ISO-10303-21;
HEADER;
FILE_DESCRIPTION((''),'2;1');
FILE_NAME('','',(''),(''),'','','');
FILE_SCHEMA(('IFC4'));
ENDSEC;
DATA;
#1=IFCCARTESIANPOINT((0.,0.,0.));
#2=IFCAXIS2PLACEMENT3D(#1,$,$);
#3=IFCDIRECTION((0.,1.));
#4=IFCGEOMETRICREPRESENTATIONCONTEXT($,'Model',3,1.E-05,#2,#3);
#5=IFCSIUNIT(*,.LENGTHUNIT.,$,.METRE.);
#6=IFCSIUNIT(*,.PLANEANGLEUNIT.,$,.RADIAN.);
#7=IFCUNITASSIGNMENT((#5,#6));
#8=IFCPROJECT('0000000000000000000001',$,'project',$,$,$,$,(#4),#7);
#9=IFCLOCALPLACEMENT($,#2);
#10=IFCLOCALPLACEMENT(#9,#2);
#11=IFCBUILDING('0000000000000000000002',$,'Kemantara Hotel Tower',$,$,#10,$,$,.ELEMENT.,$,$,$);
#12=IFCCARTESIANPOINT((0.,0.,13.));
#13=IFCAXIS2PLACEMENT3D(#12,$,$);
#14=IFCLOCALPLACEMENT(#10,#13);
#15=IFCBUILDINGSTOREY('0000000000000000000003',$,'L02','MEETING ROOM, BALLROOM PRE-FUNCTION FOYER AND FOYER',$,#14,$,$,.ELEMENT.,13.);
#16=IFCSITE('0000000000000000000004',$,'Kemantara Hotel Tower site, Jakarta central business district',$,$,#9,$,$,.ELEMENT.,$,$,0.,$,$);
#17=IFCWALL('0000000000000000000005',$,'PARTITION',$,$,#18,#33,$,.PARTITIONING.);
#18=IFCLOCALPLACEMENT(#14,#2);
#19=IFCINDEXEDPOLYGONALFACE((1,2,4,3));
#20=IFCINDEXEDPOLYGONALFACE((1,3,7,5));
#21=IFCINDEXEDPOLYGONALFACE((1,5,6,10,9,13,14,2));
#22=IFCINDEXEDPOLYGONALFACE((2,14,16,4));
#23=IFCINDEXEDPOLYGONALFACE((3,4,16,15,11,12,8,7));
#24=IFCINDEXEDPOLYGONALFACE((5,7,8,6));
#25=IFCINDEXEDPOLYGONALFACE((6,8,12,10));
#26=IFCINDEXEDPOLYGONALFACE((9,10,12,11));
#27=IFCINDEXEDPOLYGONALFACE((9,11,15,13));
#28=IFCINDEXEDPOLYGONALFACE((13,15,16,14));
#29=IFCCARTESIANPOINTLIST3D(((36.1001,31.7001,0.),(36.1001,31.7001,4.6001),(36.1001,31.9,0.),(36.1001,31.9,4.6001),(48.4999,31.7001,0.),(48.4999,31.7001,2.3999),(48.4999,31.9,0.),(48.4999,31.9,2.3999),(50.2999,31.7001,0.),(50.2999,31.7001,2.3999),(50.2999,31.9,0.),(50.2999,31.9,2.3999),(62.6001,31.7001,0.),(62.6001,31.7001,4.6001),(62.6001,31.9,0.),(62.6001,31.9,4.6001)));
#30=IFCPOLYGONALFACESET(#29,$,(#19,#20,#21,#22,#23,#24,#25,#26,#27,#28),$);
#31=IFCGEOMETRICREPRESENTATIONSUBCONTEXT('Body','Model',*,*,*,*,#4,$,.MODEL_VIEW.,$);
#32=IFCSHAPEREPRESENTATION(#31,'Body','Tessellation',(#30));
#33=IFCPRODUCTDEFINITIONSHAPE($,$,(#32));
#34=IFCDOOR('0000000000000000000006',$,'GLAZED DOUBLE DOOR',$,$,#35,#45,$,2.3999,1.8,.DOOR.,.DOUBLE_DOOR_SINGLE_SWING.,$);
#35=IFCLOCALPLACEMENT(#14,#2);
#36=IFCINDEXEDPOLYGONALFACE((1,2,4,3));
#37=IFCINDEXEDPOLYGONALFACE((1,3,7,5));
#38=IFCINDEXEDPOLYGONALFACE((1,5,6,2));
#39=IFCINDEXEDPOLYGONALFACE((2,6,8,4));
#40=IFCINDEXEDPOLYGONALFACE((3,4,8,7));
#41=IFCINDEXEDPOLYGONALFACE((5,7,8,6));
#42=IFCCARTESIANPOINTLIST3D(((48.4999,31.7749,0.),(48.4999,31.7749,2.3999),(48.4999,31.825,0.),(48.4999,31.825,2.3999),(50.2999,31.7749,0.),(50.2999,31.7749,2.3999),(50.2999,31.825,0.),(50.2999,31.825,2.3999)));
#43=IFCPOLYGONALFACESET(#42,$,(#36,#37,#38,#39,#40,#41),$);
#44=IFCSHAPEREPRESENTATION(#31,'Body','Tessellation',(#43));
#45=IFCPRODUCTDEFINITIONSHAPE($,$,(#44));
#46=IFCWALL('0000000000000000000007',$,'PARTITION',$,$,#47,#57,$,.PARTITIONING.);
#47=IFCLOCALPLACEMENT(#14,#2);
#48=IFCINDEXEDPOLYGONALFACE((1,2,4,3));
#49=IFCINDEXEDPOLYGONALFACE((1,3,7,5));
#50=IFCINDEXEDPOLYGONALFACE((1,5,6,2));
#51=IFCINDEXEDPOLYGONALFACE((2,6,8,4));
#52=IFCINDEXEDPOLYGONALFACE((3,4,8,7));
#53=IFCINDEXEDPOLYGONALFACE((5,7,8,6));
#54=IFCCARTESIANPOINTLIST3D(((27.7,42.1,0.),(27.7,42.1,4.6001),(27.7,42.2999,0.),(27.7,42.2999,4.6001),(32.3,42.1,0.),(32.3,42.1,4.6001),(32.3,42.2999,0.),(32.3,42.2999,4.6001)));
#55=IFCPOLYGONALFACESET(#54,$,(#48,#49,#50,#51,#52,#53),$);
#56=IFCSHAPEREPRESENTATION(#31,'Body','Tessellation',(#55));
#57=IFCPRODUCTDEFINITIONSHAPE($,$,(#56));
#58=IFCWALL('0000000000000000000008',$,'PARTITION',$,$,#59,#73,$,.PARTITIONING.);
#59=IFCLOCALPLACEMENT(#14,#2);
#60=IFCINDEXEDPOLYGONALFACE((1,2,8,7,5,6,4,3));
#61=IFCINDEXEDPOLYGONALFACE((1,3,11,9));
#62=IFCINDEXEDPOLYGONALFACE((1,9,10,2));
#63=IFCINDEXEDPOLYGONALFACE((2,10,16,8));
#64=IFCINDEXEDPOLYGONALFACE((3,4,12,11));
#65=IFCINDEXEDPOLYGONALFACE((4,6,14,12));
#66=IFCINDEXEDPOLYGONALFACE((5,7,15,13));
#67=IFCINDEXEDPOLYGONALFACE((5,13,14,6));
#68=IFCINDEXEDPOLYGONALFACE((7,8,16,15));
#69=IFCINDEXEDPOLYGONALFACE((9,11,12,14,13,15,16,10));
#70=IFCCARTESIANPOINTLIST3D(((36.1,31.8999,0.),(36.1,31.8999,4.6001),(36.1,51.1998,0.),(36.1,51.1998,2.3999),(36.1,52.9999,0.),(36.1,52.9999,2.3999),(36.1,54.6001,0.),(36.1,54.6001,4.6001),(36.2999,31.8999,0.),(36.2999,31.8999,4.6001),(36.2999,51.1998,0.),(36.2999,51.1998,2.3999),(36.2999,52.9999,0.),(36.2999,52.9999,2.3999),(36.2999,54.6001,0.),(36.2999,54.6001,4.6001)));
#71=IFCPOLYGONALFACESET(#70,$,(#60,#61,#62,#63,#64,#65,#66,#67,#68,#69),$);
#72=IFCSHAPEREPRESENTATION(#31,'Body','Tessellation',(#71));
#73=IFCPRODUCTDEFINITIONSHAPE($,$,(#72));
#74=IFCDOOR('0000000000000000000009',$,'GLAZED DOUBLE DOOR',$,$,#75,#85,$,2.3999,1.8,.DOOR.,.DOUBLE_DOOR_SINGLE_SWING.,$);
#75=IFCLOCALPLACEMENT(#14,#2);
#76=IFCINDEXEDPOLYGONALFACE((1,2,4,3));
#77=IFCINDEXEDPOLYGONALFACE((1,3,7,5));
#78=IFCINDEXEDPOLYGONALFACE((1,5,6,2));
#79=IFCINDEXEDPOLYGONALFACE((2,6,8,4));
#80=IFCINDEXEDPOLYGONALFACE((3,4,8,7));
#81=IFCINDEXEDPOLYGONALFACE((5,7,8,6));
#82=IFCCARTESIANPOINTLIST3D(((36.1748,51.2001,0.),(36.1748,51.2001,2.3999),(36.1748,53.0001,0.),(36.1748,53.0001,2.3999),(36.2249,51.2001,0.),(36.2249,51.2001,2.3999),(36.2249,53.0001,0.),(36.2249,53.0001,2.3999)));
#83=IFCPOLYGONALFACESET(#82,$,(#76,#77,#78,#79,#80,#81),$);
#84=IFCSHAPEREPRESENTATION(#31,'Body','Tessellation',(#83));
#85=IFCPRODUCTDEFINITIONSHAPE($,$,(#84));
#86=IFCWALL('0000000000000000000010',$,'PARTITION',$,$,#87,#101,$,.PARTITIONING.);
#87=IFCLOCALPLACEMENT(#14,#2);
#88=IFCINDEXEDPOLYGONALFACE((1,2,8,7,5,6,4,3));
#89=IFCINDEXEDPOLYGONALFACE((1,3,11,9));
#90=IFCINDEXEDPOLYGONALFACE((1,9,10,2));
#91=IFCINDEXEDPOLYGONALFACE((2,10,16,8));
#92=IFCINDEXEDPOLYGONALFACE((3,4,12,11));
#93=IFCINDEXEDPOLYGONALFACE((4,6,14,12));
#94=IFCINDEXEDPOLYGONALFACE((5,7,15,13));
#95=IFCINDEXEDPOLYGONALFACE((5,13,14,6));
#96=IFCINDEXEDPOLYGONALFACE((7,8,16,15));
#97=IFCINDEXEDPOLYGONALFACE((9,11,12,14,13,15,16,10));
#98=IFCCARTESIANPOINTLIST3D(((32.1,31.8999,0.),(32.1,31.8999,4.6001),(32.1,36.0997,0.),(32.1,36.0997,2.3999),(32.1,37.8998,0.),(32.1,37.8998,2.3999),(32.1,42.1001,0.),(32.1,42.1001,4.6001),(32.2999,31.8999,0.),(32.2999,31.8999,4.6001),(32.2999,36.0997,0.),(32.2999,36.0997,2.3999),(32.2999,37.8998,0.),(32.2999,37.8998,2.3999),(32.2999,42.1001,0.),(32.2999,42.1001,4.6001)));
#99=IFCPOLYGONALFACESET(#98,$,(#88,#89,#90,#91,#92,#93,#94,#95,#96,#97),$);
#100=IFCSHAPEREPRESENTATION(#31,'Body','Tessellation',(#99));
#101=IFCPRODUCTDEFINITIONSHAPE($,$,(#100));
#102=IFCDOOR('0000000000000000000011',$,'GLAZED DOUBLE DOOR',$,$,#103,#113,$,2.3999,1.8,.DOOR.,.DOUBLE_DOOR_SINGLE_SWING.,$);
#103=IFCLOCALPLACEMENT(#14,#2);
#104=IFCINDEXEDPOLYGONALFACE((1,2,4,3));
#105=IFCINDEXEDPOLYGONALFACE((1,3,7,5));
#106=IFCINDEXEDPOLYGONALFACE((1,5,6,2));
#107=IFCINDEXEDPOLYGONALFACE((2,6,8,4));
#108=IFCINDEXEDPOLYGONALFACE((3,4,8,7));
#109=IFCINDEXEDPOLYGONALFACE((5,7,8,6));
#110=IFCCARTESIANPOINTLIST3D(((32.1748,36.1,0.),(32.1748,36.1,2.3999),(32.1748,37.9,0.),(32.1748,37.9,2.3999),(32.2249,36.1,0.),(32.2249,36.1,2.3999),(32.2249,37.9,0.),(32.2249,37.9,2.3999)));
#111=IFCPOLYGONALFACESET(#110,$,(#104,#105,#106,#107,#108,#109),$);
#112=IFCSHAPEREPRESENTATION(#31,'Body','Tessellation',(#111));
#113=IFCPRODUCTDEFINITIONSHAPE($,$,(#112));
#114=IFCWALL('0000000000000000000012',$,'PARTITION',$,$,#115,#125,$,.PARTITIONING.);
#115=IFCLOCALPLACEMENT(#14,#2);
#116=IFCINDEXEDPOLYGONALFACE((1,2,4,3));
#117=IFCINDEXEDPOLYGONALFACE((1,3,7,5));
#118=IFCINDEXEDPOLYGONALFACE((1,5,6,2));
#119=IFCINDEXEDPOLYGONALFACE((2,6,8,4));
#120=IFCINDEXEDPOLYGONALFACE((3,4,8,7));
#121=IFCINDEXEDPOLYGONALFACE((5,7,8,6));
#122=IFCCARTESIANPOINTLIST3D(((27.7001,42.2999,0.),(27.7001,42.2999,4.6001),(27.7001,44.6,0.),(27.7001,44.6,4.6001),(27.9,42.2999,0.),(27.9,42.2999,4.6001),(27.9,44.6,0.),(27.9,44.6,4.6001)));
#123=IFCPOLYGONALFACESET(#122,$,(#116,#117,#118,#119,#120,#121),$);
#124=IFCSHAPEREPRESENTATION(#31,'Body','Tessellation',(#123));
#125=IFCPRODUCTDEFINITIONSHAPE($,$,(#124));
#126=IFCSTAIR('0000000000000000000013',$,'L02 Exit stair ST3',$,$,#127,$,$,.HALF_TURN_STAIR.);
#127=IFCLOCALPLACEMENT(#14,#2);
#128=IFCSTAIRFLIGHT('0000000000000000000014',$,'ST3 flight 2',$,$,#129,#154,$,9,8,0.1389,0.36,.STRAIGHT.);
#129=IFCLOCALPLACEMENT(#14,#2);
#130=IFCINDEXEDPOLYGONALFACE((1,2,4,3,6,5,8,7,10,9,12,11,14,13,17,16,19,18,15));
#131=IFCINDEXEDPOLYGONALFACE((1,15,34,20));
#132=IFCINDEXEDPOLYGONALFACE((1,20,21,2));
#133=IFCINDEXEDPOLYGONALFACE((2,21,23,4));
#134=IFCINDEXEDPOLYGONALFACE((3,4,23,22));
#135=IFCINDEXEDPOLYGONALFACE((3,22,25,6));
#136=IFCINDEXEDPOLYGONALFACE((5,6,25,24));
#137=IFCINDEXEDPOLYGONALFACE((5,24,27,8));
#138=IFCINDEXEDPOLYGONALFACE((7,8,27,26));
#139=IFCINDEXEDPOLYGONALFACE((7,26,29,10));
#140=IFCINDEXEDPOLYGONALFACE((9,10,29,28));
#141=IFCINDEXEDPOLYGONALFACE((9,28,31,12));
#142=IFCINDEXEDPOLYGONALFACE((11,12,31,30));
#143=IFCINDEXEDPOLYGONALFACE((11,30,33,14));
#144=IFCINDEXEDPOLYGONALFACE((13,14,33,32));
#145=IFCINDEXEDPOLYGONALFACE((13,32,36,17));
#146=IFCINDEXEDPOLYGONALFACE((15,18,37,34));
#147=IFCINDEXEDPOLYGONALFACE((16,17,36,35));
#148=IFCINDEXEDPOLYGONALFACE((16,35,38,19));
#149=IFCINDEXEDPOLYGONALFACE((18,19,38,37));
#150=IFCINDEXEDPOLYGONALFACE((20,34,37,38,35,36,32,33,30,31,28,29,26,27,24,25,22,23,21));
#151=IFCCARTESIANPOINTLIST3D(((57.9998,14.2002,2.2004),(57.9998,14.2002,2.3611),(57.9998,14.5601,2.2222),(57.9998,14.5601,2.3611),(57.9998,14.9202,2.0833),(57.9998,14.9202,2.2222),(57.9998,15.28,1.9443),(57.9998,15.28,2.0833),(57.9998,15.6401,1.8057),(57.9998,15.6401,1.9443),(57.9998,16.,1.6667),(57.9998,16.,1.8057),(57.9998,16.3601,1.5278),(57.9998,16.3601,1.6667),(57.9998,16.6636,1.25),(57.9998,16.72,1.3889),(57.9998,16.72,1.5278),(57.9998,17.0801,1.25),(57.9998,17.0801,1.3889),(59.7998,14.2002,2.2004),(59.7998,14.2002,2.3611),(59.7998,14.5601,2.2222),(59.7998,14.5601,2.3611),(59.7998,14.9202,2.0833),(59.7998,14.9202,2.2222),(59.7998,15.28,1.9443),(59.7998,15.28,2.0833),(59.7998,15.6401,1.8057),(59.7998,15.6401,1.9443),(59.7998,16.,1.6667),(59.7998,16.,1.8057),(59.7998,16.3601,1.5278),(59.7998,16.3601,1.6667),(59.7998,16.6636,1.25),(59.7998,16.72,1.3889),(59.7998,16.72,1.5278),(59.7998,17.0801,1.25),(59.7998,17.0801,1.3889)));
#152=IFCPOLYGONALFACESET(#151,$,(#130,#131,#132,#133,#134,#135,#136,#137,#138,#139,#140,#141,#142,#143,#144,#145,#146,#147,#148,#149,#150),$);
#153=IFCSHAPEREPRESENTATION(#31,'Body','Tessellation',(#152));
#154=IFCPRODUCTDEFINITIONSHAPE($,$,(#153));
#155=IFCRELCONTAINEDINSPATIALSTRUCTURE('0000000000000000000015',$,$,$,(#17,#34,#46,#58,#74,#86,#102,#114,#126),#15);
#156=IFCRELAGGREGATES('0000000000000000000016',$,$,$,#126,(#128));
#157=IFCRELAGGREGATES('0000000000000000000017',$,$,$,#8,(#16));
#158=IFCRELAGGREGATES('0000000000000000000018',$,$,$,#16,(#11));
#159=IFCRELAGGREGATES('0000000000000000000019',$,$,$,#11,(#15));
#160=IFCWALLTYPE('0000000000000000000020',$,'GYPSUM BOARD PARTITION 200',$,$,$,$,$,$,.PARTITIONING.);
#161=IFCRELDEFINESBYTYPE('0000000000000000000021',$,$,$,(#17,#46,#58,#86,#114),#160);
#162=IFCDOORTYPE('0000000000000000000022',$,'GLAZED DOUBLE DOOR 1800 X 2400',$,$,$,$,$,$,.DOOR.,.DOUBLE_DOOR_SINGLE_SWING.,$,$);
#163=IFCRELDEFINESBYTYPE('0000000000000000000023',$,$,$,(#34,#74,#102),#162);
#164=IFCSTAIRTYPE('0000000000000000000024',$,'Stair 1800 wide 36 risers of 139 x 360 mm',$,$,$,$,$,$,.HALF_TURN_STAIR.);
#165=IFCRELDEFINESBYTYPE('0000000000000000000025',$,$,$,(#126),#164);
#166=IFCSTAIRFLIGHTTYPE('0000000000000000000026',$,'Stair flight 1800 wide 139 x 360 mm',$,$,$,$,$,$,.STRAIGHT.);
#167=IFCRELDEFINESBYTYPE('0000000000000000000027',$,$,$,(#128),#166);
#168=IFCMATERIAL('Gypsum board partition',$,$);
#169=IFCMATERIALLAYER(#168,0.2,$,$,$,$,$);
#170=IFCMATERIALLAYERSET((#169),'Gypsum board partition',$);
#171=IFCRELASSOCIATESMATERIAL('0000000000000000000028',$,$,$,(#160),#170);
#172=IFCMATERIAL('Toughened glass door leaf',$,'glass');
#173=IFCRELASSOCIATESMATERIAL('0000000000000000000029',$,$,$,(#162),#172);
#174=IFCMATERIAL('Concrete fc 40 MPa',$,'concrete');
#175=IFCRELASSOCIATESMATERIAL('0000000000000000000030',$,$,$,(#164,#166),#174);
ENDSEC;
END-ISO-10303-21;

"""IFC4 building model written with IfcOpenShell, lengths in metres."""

from ifc_helpers import new_model, si_unit, direction, frame, frame_2d, origin, place, context, subcontext, project, spatial, polyline, rectangle, outline, extrude, material, layer, layer_set, type_object, element, fill, aggregate, save


model = new_model("IFC4")

# Units and contexts
model_context = context("Model", 3, precision=1e-05, world=origin(), true_north=direction((0.0, 1.0)))
body_context = subcontext(model_context, "Body", "Model", "MODEL_VIEW")
ifc_project = project(units=[si_unit("LENGTHUNIT", "METRE"), si_unit("PLANEANGLEUNIT", "RADIAN")], contexts=[model_context])

# Site, building, storey
site_placement = place(None, origin())
site = spatial("IfcSite", under=ifc_project, at=site_placement, Name="Kemantara Hotel Tower site, Jakarta central business district", CompositionType="ELEMENT", RefElevation=0.0)
building_placement = place(site_placement, origin())
building = spatial("IfcBuilding", under=site, at=building_placement, Name="Kemantara Hotel Tower", CompositionType="ELEMENT")
storey_placement = place(building_placement, frame((0.0, 0.0, 13.0)))
storey = spatial("IfcBuildingStorey", under=building, at=storey_placement, Name="L02", Description="MEETING ROOM, BALLROOM PRE-FUNCTION FOYER AND FOYER", CompositionType="ELEMENT", Elevation=13.0)

# Shared definitions
ifc_material_1 = material(Name="Concrete fc 40 MPa", Category="concrete")

# Wall, opening, door
ifc_material_2 = material(Name="Gypsum board partition")
ifc_layer_1 = layer(ifc_material_2, 0.2)
ifc_layer_set_1 = layer_set([ifc_layer_1], Name="Gypsum board partition")
wall_type_1 = type_object("IfcWallType", Name="GYPSUM BOARD PARTITION 200", PredefinedType="PARTITIONING", material=ifc_layer_set_1)
wall_1_placement = place(storey_placement, frame((36.1001, 31.8, 0.0), z_axis=(0.0, 0.0, 1.0), x_axis=(1.0, 0.0, 0.0)))
wall_1 = element("IfcWall", 1, at=wall_1_placement, inside=storey, type_object=wall_type_1, Name="PARTITION", PredefinedType="PARTITIONING", context=body_context, shape_type="SweptSolid", body=[
    extrude(rectangle(XDim=26.5, YDim=0.2, at=frame_2d((13.25, 0.0))), origin(), (0.0, 0.0, 1.0), 4.6001),
])
opening_1_placement = place(wall_1_placement, frame((12.3999, 0.0, 0.0)))
opening_1 = element("IfcOpeningElement", 2, at=opening_1_placement, cuts=wall_1, PredefinedType="OPENING", context=body_context, shape_type="SweptSolid", body=[
    extrude(rectangle(XDim=1.8, YDim=2.3999, at=frame_2d((0.8999, 1.2))), frame((0.0, 0.1099, 0.0), z_axis=(0.0, -1.0, 0.0), x_axis=(1.0, 0.0, 0.0)), (0.0, 0.0, 1.0), 0.22),
])
ifc_material_3 = material(Name="Toughened glass door leaf", Category="glass")
door_type = type_object("IfcDoorType", Name="GLAZED DOUBLE DOOR 1800 X 2400", OperationType="DOUBLE_DOOR_SINGLE_SWING", PredefinedType="DOOR", material=ifc_material_3)
door_1_placement = place(opening_1_placement, origin())
door_1 = element("IfcDoor", 3, at=door_1_placement, inside=storey, type_object=door_type, Name="GLAZED DOUBLE DOOR", OperationType="DOUBLE_DOOR_SINGLE_SWING", OverallHeight=2.3999, OverallWidth=1.8, PredefinedType="DOOR", context=body_context, shape_type="SweptSolid", body=[
    extrude(rectangle(XDim=1.8, YDim=2.3999, at=frame_2d((0.8999, 1.2))), frame((0.0, 0.0249, 0.0), z_axis=(0.0, -1.0, 0.0), x_axis=(1.0, 0.0, 0.0)), (0.0, 0.0, 1.0), 0.05),
])
fill(opening_1, door_1)

# Wall
wall_2_placement = place(storey_placement, frame((27.7, 42.2, 0.0), z_axis=(0.0, 0.0, 1.0), x_axis=(1.0, 0.0, 0.0)))
element("IfcWall", 4, at=wall_2_placement, inside=storey, type_object=wall_type_1, Name="PARTITION", PredefinedType="PARTITIONING", context=body_context, shape_type="SweptSolid", body=[
    extrude(rectangle(XDim=4.6001, YDim=0.2, at=frame_2d((2.3, 0.0))), origin(), (0.0, 0.0, 1.0), 4.6001),
])

# Walls, openings, doors
wall_3_placement = place(storey_placement, frame((36.2, 31.8999, 0.0), z_axis=(0.0, 0.0, 1.0), x_axis=(0.0, 1.0, 0.0)))
wall_3 = element("IfcWall", 5, at=wall_3_placement, inside=storey, type_object=wall_type_1, Name="PARTITION", PredefinedType="PARTITIONING", context=body_context, shape_type="SweptSolid", body=[
    extrude(rectangle(XDim=22.7002, YDim=0.2, at=frame_2d((11.3501, 0.0))), origin(), (0.0, 0.0, 1.0), 4.6001),
])
opening_2_placement = place(wall_3_placement, frame((19.3, 0.0, 0.0)))
opening_2 = element("IfcOpeningElement", 6, at=opening_2_placement, cuts=wall_3, PredefinedType="OPENING", context=body_context, shape_type="SweptSolid", body=[
    extrude(rectangle(XDim=1.8, YDim=2.3999, at=frame_2d((0.8999, 1.2))), frame((0.0, 0.1099, 0.0), z_axis=(0.0, -1.0, 0.0), x_axis=(1.0, 0.0, 0.0)), (0.0, 0.0, 1.0), 0.22),
])
door_2_placement = place(opening_2_placement, frame((1.8, 0.0, 0.0), z_axis=(0.0, 0.0, 1.0), x_axis=(-1.0, 0.0, 0.0)))
door_2 = element("IfcDoor", 7, at=door_2_placement, inside=storey, type_object=door_type, Name="GLAZED DOUBLE DOOR", OperationType="DOUBLE_DOOR_SINGLE_SWING", OverallHeight=2.3999, OverallWidth=1.8, PredefinedType="DOOR", context=body_context, shape_type="SweptSolid", body=[
    extrude(rectangle(XDim=1.8, YDim=2.3999, at=frame_2d((0.8999, 1.2))), frame((0.0, 0.0249, 0.0), z_axis=(0.0, -1.0, 0.0), x_axis=(1.0, 0.0, 0.0)), (0.0, 0.0, 1.0), 0.05),
])
fill(opening_2, door_2)
wall_4_placement = place(storey_placement, frame((32.2, 31.8999, 0.0), z_axis=(0.0, 0.0, 1.0), x_axis=(0.0, 1.0, 0.0)))
wall_4 = element("IfcWall", 8, at=wall_4_placement, inside=storey, type_object=wall_type_1, Name="PARTITION", PredefinedType="PARTITIONING", context=body_context, shape_type="SweptSolid", body=[
    extrude(rectangle(XDim=10.2002, YDim=0.2, at=frame_2d((5.1001, 0.0))), origin(), (0.0, 0.0, 1.0), 4.6001),
])
opening_3_placement = place(wall_4_placement, frame((4.2, 0.0, 0.0)))
opening_3 = element("IfcOpeningElement", 9, at=opening_3_placement, cuts=wall_4, PredefinedType="OPENING", context=body_context, shape_type="SweptSolid", body=[
    extrude(rectangle(XDim=1.8, YDim=2.3999, at=frame_2d((0.8999, 1.2))), frame((0.0, 0.1099, 0.0), z_axis=(0.0, -1.0, 0.0), x_axis=(1.0, 0.0, 0.0)), (0.0, 0.0, 1.0), 0.22),
])
door_3_placement = place(opening_3_placement, frame((1.8, 0.0, 0.0), z_axis=(0.0, 0.0, 1.0), x_axis=(-1.0, 0.0, 0.0)))
door_3 = element("IfcDoor", 10, at=door_3_placement, inside=storey, type_object=door_type, Name="GLAZED DOUBLE DOOR", OperationType="DOUBLE_DOOR_SINGLE_SWING", OverallHeight=2.3999, OverallWidth=1.8, PredefinedType="DOOR", context=body_context, shape_type="SweptSolid", body=[
    extrude(rectangle(XDim=1.8, YDim=2.3999, at=frame_2d((0.8999, 1.2))), frame((0.0, 0.0249, 0.0), z_axis=(0.0, -1.0, 0.0), x_axis=(1.0, 0.0, 0.0)), (0.0, 0.0, 1.0), 0.05),
])
fill(opening_3, door_3)

# Wall
wall_5_placement = place(storey_placement, frame((27.8, 42.3, 0.0), z_axis=(0.0, 0.0, 1.0), x_axis=(0.0, 1.0, 0.0)))
element("IfcWall", 11, at=wall_5_placement, inside=storey, type_object=wall_type_1, Name="PARTITION", PredefinedType="PARTITIONING", context=body_context, shape_type="SweptSolid", body=[
    extrude(rectangle(XDim=2.3, YDim=0.2, at=frame_2d((1.1499, 0.0))), origin(), (0.0, 0.0, 1.0), 4.6001),
])

# Stair, stair flight
stair_type = type_object("IfcStairType", Name="Stair 1800 wide 36 risers of 139 x 360 mm", PredefinedType="HALF_TURN_STAIR", material=ifc_material_1)
stair_1_placement = place(storey_placement, origin())
stair_1 = element("IfcStair", 12, at=stair_1_placement, inside=storey, type_object=stair_type, Name="L02 Exit stair ST3", PredefinedType="HALF_TURN_STAIR")
stair_flight_type = type_object("IfcStairFlightType", Name="Stair flight 1800 wide 139 x 360 mm", PredefinedType="STRAIGHT", material=ifc_material_1)
stair_flight_1_placement = place(storey_placement, frame((58.8999, 17.0801, 1.25), z_axis=(0.0, 0.0, 1.0), x_axis=(0.0, -1.0, 0.0)))
stair_flight_1 = element("IfcStairFlight", 13, at=stair_flight_1_placement, type_object=stair_flight_type, Name="ST3 flight 2", NumberOfRisers=9, NumberOfTreads=8, PredefinedType="STRAIGHT", RiserHeight=0.1389, TreadLength=0.36, context=body_context, shape_type="SweptSolid", body=[
    extrude(outline(polyline([(0.0, 0.0), (0.0, 0.1389), (0.3601, 0.1389), (0.3601, 0.2778), (0.72, 0.2778), (0.72, 0.4167), (1.0801, 0.4167), (1.0801, 0.5557), (1.4399, 0.5557), (1.4399, 0.6943), (1.8, 0.6943), (1.8, 0.8333), (2.1599, 0.8333), (2.1599, 0.9722), (2.52, 0.9722), (2.52, 1.1111), (2.8799, 1.1111), (2.8799, 1.25), (2.8799, 0.9504), (0.4165, 0.0), (0.0, 0.0)])), frame((0.0, 0.8999, 0.0), z_axis=(0.0, -1.0, 0.0), x_axis=(1.0, 0.0, 0.0)), (0.0, 0.0, 1.0), 1.8),
])
aggregate(stair_1, [stair_flight_1])

save(model, "model.ifc")
